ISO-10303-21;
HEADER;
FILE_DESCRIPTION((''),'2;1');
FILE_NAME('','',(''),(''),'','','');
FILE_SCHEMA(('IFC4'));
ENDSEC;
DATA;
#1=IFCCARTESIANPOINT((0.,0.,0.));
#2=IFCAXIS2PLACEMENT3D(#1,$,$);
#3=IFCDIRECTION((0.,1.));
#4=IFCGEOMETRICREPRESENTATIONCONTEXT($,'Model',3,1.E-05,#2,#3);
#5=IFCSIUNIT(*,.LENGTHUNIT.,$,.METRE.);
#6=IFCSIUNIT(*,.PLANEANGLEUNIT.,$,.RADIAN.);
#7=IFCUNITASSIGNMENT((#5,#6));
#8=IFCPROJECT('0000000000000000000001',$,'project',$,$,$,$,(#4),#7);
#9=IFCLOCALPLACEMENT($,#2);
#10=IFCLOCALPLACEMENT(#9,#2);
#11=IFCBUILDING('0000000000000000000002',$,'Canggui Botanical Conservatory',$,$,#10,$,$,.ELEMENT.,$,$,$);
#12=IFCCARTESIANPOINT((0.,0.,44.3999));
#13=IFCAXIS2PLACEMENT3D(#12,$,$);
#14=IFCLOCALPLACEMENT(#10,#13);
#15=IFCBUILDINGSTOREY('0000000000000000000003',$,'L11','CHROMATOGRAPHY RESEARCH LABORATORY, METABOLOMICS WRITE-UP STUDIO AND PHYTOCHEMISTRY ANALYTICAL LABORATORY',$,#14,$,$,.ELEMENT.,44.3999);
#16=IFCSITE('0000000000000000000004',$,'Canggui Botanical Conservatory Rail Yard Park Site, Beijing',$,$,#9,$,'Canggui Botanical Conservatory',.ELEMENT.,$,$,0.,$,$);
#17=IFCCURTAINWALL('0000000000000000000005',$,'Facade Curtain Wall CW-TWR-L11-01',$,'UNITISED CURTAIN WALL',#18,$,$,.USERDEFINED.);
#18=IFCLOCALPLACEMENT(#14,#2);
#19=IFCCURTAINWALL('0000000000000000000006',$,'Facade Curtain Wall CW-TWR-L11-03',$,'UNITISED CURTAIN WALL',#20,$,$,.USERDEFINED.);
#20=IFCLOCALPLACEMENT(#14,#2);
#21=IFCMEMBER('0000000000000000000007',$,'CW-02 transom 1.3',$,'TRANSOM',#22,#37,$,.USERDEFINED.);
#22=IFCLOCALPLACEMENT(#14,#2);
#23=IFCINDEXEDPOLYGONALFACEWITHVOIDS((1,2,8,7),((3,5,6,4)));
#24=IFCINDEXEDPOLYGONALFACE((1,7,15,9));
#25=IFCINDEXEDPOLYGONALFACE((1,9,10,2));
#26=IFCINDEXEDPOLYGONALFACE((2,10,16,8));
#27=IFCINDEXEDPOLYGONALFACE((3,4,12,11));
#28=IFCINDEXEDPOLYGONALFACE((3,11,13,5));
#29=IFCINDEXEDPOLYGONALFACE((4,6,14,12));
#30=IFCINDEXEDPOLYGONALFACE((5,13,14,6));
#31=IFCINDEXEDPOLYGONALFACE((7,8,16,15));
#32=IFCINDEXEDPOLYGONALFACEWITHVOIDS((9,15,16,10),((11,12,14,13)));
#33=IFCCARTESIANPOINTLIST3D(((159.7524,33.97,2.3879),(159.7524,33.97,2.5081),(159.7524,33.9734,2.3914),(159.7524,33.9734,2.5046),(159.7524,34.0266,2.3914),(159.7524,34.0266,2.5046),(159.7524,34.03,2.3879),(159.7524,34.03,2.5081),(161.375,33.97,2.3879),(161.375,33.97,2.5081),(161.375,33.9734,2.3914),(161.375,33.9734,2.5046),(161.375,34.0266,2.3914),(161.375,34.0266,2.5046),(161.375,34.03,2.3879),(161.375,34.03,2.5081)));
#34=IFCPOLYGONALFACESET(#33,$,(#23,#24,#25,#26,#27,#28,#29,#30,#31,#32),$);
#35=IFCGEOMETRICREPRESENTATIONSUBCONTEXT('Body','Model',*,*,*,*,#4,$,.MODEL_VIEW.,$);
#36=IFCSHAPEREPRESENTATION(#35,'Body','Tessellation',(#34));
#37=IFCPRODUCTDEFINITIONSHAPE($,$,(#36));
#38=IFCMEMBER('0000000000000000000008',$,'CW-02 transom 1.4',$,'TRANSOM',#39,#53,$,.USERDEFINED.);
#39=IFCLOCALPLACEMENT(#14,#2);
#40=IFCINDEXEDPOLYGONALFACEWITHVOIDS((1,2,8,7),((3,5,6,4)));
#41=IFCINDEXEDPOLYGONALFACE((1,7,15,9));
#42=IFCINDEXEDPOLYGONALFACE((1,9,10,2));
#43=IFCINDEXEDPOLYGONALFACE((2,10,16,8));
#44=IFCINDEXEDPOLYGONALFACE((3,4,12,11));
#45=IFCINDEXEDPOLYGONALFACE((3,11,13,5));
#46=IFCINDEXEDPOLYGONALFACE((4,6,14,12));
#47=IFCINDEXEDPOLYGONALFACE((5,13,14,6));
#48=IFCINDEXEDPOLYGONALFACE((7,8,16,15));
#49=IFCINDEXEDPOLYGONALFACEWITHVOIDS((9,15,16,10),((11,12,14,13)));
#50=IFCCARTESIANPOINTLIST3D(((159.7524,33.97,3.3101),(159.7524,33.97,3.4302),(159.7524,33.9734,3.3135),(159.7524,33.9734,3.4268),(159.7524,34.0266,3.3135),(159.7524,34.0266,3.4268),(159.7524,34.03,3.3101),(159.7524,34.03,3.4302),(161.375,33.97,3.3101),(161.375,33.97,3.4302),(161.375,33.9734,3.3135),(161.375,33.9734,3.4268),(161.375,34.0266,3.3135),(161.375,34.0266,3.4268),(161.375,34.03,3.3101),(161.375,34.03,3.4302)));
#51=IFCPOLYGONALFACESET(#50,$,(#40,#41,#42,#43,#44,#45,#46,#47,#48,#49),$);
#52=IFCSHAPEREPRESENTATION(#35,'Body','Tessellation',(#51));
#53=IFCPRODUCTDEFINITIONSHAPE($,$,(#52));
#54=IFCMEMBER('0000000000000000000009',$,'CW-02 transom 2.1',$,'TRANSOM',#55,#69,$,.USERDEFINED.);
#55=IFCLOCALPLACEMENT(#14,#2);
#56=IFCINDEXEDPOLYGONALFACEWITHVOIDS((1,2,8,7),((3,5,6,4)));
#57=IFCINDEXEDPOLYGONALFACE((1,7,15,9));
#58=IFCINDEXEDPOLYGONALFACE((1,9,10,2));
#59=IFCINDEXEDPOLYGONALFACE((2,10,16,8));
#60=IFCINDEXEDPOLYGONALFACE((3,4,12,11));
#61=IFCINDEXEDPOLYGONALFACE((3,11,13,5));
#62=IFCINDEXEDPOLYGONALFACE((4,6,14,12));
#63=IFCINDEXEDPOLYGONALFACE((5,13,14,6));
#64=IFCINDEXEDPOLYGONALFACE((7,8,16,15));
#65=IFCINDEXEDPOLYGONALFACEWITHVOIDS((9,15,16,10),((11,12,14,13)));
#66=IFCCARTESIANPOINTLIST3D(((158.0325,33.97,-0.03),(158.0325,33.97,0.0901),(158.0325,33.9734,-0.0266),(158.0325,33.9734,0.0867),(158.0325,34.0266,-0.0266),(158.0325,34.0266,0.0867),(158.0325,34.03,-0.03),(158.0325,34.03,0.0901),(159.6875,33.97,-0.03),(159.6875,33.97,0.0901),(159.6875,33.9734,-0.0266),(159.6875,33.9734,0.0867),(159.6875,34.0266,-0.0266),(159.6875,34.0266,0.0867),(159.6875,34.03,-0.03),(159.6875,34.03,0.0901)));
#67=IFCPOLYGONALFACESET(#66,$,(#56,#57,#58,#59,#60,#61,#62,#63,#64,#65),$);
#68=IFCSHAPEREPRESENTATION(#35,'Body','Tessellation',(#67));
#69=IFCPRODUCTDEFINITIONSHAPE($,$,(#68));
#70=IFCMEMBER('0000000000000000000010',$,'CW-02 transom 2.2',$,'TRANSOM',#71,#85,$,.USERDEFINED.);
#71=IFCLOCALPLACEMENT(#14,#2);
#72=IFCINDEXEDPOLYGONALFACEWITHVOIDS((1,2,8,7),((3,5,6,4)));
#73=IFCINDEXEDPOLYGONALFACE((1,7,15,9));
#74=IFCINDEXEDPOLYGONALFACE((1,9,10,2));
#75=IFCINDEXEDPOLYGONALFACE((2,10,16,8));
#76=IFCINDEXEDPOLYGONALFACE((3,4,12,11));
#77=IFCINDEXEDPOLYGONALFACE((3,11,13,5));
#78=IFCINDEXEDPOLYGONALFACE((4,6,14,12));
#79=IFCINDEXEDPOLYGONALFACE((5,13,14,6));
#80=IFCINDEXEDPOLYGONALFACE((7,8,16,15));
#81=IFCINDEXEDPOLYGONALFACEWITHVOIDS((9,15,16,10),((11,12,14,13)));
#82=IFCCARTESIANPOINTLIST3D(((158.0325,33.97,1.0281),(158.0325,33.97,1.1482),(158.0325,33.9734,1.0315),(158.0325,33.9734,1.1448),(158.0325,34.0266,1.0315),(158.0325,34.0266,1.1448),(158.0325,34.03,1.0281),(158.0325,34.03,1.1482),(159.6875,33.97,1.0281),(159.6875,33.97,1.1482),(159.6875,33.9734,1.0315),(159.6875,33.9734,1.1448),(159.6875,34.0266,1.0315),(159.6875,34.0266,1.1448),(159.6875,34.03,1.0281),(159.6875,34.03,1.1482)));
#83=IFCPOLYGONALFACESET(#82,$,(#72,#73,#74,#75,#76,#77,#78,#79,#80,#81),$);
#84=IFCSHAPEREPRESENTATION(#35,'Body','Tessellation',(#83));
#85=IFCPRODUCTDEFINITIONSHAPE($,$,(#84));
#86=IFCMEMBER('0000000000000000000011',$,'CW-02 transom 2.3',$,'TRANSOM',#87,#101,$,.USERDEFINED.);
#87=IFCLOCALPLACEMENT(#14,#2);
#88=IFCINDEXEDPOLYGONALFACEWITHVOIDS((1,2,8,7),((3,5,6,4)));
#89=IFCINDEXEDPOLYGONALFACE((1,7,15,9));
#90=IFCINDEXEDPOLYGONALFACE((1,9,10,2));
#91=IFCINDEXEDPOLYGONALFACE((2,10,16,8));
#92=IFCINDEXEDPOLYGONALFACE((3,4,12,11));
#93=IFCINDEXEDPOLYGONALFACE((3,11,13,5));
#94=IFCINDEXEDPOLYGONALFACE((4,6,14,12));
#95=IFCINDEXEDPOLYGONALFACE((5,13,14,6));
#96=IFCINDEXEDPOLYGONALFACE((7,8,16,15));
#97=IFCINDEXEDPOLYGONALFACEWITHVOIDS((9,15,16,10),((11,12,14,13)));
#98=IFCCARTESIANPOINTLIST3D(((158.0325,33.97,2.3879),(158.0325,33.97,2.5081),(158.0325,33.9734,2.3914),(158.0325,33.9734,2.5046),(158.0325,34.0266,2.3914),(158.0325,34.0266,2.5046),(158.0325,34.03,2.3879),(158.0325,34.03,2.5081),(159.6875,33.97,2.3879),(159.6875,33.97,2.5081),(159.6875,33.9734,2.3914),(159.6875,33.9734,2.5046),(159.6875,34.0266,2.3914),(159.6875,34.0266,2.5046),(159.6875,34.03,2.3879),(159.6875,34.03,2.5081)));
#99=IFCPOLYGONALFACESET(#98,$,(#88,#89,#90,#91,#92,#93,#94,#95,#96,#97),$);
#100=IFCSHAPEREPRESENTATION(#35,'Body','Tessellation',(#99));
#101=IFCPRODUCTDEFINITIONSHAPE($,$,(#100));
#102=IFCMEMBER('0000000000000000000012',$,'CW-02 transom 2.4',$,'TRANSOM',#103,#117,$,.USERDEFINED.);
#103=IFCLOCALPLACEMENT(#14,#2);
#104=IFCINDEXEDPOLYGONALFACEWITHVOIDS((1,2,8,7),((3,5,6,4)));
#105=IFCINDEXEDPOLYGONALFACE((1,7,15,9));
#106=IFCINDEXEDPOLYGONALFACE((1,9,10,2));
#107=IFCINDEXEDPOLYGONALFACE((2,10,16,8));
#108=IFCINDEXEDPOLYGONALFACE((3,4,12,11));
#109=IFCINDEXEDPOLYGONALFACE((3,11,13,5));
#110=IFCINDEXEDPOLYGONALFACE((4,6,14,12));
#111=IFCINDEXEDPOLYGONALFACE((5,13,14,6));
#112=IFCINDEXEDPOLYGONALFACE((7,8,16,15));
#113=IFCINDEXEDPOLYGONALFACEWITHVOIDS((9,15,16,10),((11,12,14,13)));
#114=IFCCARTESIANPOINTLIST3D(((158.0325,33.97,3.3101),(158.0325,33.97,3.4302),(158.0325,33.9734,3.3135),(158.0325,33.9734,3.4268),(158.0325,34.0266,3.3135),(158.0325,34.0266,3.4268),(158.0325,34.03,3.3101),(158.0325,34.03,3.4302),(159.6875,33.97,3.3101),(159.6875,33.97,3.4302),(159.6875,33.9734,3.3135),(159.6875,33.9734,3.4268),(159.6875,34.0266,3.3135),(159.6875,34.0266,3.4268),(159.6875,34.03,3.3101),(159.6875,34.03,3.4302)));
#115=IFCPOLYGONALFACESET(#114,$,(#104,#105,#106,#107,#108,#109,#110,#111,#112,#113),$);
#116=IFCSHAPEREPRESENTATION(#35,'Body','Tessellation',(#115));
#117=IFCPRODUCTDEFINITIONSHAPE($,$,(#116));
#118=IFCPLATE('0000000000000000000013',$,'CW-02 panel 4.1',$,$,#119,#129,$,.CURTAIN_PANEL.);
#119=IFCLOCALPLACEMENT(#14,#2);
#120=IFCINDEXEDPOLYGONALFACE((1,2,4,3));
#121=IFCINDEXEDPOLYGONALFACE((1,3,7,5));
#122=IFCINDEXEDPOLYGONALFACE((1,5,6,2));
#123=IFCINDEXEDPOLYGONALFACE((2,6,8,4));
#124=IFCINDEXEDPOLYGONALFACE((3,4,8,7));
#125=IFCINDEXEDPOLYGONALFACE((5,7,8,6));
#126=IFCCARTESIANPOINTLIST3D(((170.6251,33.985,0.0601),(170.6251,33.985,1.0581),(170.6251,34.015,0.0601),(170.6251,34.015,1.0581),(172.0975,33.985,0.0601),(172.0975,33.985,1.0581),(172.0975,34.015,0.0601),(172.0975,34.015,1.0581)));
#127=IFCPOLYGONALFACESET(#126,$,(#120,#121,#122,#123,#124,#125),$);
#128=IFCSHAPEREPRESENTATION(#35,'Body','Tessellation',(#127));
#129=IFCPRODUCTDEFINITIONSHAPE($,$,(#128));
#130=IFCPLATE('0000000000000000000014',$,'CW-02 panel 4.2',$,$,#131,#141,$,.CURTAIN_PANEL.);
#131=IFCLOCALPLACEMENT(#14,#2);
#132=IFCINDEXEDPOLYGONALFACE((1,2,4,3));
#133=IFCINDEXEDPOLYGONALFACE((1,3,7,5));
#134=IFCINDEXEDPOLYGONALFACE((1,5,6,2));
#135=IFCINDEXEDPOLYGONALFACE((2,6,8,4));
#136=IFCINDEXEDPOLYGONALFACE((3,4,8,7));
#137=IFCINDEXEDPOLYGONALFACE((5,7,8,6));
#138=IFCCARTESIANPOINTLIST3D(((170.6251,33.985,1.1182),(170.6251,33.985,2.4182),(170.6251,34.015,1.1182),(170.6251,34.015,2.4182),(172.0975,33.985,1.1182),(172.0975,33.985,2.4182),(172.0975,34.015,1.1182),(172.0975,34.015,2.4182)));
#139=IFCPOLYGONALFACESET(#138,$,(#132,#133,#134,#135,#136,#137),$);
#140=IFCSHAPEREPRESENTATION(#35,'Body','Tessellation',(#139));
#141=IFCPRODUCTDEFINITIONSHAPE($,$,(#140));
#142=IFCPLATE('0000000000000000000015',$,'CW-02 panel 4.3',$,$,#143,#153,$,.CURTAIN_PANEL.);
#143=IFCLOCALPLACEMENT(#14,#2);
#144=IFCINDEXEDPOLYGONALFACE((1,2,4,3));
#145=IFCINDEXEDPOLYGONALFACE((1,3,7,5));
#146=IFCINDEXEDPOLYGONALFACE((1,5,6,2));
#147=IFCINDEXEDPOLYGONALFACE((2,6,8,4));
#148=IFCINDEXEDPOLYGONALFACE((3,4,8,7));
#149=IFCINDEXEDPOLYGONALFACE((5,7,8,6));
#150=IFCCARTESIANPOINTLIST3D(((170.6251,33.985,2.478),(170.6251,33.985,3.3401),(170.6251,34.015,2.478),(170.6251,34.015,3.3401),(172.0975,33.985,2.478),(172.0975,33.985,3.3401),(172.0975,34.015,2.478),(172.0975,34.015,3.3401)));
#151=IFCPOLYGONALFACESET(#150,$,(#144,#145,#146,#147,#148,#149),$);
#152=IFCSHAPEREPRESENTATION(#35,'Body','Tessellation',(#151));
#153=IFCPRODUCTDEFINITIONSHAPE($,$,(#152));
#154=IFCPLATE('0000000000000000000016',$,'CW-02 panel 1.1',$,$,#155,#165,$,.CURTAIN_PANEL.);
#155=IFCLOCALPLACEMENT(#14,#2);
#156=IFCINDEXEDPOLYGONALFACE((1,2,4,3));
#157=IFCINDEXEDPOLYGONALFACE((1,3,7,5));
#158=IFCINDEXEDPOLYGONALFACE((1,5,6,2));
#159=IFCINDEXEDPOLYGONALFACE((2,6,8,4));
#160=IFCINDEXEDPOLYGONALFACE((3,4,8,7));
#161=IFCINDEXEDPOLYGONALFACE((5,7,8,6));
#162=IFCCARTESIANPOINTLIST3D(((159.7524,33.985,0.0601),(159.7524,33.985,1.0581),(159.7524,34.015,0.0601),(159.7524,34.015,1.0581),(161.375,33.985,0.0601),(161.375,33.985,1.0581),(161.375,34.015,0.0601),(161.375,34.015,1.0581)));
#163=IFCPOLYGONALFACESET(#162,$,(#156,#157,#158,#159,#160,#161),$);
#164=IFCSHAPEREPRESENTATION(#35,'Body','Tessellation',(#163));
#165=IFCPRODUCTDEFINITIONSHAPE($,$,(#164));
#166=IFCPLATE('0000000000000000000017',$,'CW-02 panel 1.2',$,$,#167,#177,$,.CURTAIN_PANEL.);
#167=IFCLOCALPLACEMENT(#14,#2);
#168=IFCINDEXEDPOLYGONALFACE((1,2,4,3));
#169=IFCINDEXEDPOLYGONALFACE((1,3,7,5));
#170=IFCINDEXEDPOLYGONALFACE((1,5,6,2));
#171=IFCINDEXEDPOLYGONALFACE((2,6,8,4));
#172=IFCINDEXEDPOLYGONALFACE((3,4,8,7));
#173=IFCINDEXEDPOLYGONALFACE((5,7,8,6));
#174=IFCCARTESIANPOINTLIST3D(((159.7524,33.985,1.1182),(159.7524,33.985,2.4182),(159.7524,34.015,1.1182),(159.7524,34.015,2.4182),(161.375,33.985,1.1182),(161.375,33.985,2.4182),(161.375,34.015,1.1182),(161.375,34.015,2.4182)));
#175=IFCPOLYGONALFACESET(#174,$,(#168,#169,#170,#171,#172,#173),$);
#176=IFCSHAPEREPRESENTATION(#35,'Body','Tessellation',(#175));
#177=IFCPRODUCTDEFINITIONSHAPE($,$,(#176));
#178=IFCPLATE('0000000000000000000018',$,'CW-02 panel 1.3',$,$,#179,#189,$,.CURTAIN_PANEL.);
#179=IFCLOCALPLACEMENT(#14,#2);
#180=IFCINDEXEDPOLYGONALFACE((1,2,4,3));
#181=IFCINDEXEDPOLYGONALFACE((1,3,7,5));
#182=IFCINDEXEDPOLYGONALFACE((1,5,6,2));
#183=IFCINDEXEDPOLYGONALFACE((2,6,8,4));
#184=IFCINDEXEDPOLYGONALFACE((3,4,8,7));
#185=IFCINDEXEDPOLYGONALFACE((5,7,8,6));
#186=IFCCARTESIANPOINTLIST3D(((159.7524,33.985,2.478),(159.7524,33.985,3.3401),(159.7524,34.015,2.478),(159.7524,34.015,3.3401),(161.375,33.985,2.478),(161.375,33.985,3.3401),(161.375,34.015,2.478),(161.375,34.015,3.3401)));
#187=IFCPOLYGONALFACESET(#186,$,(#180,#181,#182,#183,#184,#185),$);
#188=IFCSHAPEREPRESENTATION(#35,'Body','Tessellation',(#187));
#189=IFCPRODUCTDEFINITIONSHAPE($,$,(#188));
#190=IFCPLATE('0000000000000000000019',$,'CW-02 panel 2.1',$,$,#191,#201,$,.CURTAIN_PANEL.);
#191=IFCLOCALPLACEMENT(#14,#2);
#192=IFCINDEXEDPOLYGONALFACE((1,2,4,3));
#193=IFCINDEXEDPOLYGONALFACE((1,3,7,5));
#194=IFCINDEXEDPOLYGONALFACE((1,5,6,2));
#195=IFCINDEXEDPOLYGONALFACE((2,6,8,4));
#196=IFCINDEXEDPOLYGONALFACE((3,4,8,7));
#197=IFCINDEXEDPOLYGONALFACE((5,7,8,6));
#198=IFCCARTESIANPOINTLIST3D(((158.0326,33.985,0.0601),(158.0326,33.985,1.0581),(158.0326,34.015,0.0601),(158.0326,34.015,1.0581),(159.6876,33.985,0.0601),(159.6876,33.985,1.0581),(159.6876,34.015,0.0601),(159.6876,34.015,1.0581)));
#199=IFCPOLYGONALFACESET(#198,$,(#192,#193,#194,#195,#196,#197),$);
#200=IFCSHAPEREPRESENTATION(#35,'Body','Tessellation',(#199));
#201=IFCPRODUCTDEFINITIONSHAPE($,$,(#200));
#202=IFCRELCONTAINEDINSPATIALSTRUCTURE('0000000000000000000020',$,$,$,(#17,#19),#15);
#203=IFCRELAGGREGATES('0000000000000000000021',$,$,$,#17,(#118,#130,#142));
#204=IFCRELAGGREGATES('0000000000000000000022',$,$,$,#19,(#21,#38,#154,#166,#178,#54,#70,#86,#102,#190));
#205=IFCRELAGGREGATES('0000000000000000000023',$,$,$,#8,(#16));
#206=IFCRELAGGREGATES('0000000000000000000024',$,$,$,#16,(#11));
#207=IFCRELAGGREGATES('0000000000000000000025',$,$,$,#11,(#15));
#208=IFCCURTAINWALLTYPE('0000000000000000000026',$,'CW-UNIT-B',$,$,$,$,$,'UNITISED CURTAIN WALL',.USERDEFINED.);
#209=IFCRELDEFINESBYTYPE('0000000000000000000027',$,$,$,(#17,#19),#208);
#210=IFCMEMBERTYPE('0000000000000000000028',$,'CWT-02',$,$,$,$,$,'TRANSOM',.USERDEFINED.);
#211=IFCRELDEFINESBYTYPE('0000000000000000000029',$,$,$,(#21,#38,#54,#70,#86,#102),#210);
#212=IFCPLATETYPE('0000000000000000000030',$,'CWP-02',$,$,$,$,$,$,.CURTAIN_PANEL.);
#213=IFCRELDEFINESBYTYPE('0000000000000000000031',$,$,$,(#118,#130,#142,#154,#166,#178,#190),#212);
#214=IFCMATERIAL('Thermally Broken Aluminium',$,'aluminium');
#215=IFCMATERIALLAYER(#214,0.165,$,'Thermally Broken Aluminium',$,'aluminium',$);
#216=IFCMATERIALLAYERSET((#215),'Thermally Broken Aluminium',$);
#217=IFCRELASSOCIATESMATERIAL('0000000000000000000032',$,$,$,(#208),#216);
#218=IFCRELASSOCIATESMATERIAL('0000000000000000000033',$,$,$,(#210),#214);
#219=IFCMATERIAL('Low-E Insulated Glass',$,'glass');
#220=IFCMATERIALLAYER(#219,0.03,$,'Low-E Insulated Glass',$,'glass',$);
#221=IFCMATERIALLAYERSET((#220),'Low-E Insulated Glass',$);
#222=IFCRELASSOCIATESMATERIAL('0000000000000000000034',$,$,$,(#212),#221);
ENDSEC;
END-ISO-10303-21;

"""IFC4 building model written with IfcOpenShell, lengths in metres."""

from ifc_helpers import new_model, si_unit, direction, frame, origin, origin_2d, place, context, subcontext, project, spatial, rectangle, hollow_rectangle, extrude, material, layer, layer_set, material_profile, profile_set, type_object, element, aggregate, save


model = new_model("IFC4")

# Units and contexts
model_context = context("Model", 3, precision=1e-05, world=origin(), true_north=direction((0.0, 1.0)))
body_context = subcontext(model_context, "Body", "Model", "MODEL_VIEW")
ifc_project = project(units=[si_unit("LENGTHUNIT", "METRE"), si_unit("PLANEANGLEUNIT", "RADIAN")], contexts=[model_context])

# Site, building, storey
site_placement = place(None, origin())
site = spatial("IfcSite", under=ifc_project, at=site_placement, Name="Canggui Botanical Conservatory Rail Yard Park Site, Beijing", LongName="Canggui Botanical Conservatory", CompositionType="ELEMENT", RefElevation=0.0)
building_placement = place(site_placement, origin())
building = spatial("IfcBuilding", under=site, at=building_placement, Name="Canggui Botanical Conservatory", CompositionType="ELEMENT")
storey_placement = place(building_placement, frame((0.0, 0.0, 44.3999)))
storey = spatial("IfcBuildingStorey", under=building, at=storey_placement, Name="L11", Description="CHROMATOGRAPHY RESEARCH LABORATORY, METABOLOMICS WRITE-UP STUDIO AND PHYTOCHEMISTRY ANALYTICAL LABORATORY", CompositionType="ELEMENT", Elevation=44.3999)

# Curtain wall
ifc_material_1 = material(Name="Thermally Broken Aluminium", Category="aluminium")
ifc_layer_1 = layer(ifc_material_1, 0.165, Name="Thermally Broken Aluminium", Category="aluminium")
ifc_layer_set_1 = layer_set([ifc_layer_1], Name="Thermally Broken Aluminium")
curtain_wall_type = type_object("IfcCurtainWallType", Name="CW-UNIT-B", ElementType="UNITISED CURTAIN WALL", PredefinedType="USERDEFINED", material=ifc_layer_set_1)
curtain_wall_1_placement = place(storey_placement, origin())
curtain_wall_1 = element("IfcCurtainWall", 1, at=curtain_wall_1_placement, inside=storey, type_object=curtain_wall_type, Name="Facade Curtain Wall CW-TWR-L11-01", ObjectType="UNITISED CURTAIN WALL", PredefinedType="USERDEFINED")

# Curtain wall
curtain_wall_2_placement = place(storey_placement, origin())
curtain_wall_2 = element("IfcCurtainWall", 2, at=curtain_wall_2_placement, inside=storey, type_object=curtain_wall_type, Name="Facade Curtain Wall CW-TWR-L11-03", ObjectType="UNITISED CURTAIN WALL", PredefinedType="USERDEFINED")

# Members
ifc_material_profile_1 = material_profile(ifc_material_1, hollow_rectangle(XDim=0.0601, YDim=0.1201, WallThickness=0.0034, at=origin_2d()), Name="CWT 60x120x3.5")
ifc_profile_set_1 = profile_set([ifc_material_profile_1], Name="Thermally Broken Aluminium")
member_type_1 = type_object("IfcMemberType", Name="CWT-02", ElementType="TRANSOM", PredefinedType="USERDEFINED", material=ifc_profile_set_1)
member_1_placement = place(storey_placement, frame((161.375, 34.0, 2.448), z_axis=(-1.0, 0.0, 0.0), x_axis=(0.0, -1.0, 0.0)))
member_1 = element("IfcMember", 3, at=member_1_placement, type_object=member_type_1, Name="CW-02 transom 1.3", ObjectType="TRANSOM", PredefinedType="USERDEFINED", context=body_context, shape_type="SweptSolid", body=[
    extrude(hollow_rectangle(XDim=0.0601, YDim=0.1201, WallThickness=0.0034, at=origin_2d()), origin(), (0.0, 0.0, 1.0), 1.6226),
])
member_2_placement = place(storey_placement, frame((161.375, 34.0, 3.3701), z_axis=(-1.0, 0.0, 0.0), x_axis=(0.0, -1.0, 0.0)))
member_2 = element("IfcMember", 4, at=member_2_placement, type_object=member_type_1, Name="CW-02 transom 1.4", ObjectType="TRANSOM", PredefinedType="USERDEFINED", context=body_context, shape_type="SweptSolid", body=[
    extrude(hollow_rectangle(XDim=0.0601, YDim=0.1201, WallThickness=0.0034, at=origin_2d()), origin(), (0.0, 0.0, 1.0), 1.6226),
])
member_3_placement = place(storey_placement, frame((159.6875, 34.0, 0.03), z_axis=(-1.0, 0.0, 0.0), x_axis=(0.0, -1.0, 0.0)))
member_3 = element("IfcMember", 5, at=member_3_placement, type_object=member_type_1, Name="CW-02 transom 2.1", ObjectType="TRANSOM", PredefinedType="USERDEFINED", context=body_context, shape_type="SweptSolid", body=[
    extrude(hollow_rectangle(XDim=0.0601, YDim=0.1201, WallThickness=0.0034, at=origin_2d()), origin(), (0.0, 0.0, 1.0), 1.655),
])
member_4_placement = place(storey_placement, frame((159.6875, 34.0, 1.0881), z_axis=(-1.0, 0.0, 0.0), x_axis=(0.0, -1.0, 0.0)))
member_4 = element("IfcMember", 6, at=member_4_placement, type_object=member_type_1, Name="CW-02 transom 2.2", ObjectType="TRANSOM", PredefinedType="USERDEFINED", context=body_context, shape_type="SweptSolid", body=[
    extrude(hollow_rectangle(XDim=0.0601, YDim=0.1201, WallThickness=0.0034, at=origin_2d()), origin(), (0.0, 0.0, 1.0), 1.655),
])
member_5_placement = place(storey_placement, frame((159.6875, 34.0, 2.448), z_axis=(-1.0, 0.0, 0.0), x_axis=(0.0, -1.0, 0.0)))
member_5 = element("IfcMember", 7, at=member_5_placement, type_object=member_type_1, Name="CW-02 transom 2.3", ObjectType="TRANSOM", PredefinedType="USERDEFINED", context=body_context, shape_type="SweptSolid", body=[
    extrude(hollow_rectangle(XDim=0.0601, YDim=0.1201, WallThickness=0.0034, at=origin_2d()), origin(), (0.0, 0.0, 1.0), 1.655),
])
member_6_placement = place(storey_placement, frame((159.6875, 34.0, 3.3701), z_axis=(-1.0, 0.0, 0.0), x_axis=(0.0, -1.0, 0.0)))
member_6 = element("IfcMember", 8, at=member_6_placement, type_object=member_type_1, Name="CW-02 transom 2.4", ObjectType="TRANSOM", PredefinedType="USERDEFINED", context=body_context, shape_type="SweptSolid", body=[
    extrude(hollow_rectangle(XDim=0.0601, YDim=0.1201, WallThickness=0.0034, at=origin_2d()), origin(), (0.0, 0.0, 1.0), 1.655),
])

# Plates
ifc_material_2 = material(Name="Low-E Insulated Glass", Category="glass")
ifc_layer_2 = layer(ifc_material_2, 0.03, Name="Low-E Insulated Glass", Category="glass")
ifc_layer_set_2 = layer_set([ifc_layer_2], Name="Low-E Insulated Glass")
plate_type = type_object("IfcPlateType", Name="CWP-02", PredefinedType="CURTAIN_PANEL", material=ifc_layer_set_2)
plate_1_placement = place(storey_placement, frame((171.3613, 34.0, 0.0601), z_axis=(0.0, 0.0, 1.0), x_axis=(-1.0, 0.0, 0.0)))
plate_1 = element("IfcPlate", 9, at=plate_1_placement, type_object=plate_type, Name="CW-02 panel 4.1", PredefinedType="CURTAIN_PANEL", context=body_context, shape_type="SweptSolid", body=[
    extrude(rectangle(XDim=1.4724, YDim=0.03, at=origin_2d()), origin(), (0.0, 0.0, 1.0), 0.998),
])
plate_2_placement = place(storey_placement, frame((171.3613, 34.0, 1.1182), z_axis=(0.0, 0.0, 1.0), x_axis=(-1.0, 0.0, 0.0)))
plate_2 = element("IfcPlate", 10, at=plate_2_placement, type_object=plate_type, Name="CW-02 panel 4.2", PredefinedType="CURTAIN_PANEL", context=body_context, shape_type="SweptSolid", body=[
    extrude(rectangle(XDim=1.4724, YDim=0.03, at=origin_2d()), origin(), (0.0, 0.0, 1.0), 1.3),
])
plate_3_placement = place(storey_placement, frame((171.3613, 34.0, 2.478), z_axis=(0.0, 0.0, 1.0), x_axis=(-1.0, 0.0, 0.0)))
plate_3 = element("IfcPlate", 11, at=plate_3_placement, type_object=plate_type, Name="CW-02 panel 4.3", PredefinedType="CURTAIN_PANEL", context=body_context, shape_type="SweptSolid", body=[
    extrude(rectangle(XDim=1.4724, YDim=0.03, at=origin_2d()), origin(), (0.0, 0.0, 1.0), 0.8621),
])
aggregate(curtain_wall_1, [plate_1, plate_2, plate_3])
plate_4_placement = place(storey_placement, frame((160.5637, 34.0, 0.0601), z_axis=(0.0, 0.0, 1.0), x_axis=(-1.0, 0.0, 0.0)))
plate_4 = element("IfcPlate", 12, at=plate_4_placement, type_object=plate_type, Name="CW-02 panel 1.1", PredefinedType="CURTAIN_PANEL", context=body_context, shape_type="SweptSolid", body=[
    extrude(rectangle(XDim=1.6226, YDim=0.03, at=origin_2d()), origin(), (0.0, 0.0, 1.0), 0.998),
])
plate_5_placement = place(storey_placement, frame((160.5637, 34.0, 1.1182), z_axis=(0.0, 0.0, 1.0), x_axis=(-1.0, 0.0, 0.0)))
plate_5 = element("IfcPlate", 13, at=plate_5_placement, type_object=plate_type, Name="CW-02 panel 1.2", PredefinedType="CURTAIN_PANEL", context=body_context, shape_type="SweptSolid", body=[
    extrude(rectangle(XDim=1.6226, YDim=0.03, at=origin_2d()), origin(), (0.0, 0.0, 1.0), 1.3),
])
plate_6_placement = place(storey_placement, frame((160.5637, 34.0, 2.478), z_axis=(0.0, 0.0, 1.0), x_axis=(-1.0, 0.0, 0.0)))
plate_6 = element("IfcPlate", 14, at=plate_6_placement, type_object=plate_type, Name="CW-02 panel 1.3", PredefinedType="CURTAIN_PANEL", context=body_context, shape_type="SweptSolid", body=[
    extrude(rectangle(XDim=1.6226, YDim=0.03, at=origin_2d()), origin(), (0.0, 0.0, 1.0), 0.8621),
])
plate_7_placement = place(storey_placement, frame((158.8601, 34.0, 0.0601), z_axis=(0.0, 0.0, 1.0), x_axis=(-1.0, 0.0, 0.0)))
plate_7 = element("IfcPlate", 15, at=plate_7_placement, type_object=plate_type, Name="CW-02 panel 2.1", PredefinedType="CURTAIN_PANEL", context=body_context, shape_type="SweptSolid", body=[
    extrude(rectangle(XDim=1.655, YDim=0.03, at=origin_2d()), origin(), (0.0, 0.0, 1.0), 0.998),
])
aggregate(curtain_wall_2, [member_1, member_2, plate_4, plate_5, plate_6, member_3, member_4, member_5, member_6, plate_7])

save(model, "model.ifc")
